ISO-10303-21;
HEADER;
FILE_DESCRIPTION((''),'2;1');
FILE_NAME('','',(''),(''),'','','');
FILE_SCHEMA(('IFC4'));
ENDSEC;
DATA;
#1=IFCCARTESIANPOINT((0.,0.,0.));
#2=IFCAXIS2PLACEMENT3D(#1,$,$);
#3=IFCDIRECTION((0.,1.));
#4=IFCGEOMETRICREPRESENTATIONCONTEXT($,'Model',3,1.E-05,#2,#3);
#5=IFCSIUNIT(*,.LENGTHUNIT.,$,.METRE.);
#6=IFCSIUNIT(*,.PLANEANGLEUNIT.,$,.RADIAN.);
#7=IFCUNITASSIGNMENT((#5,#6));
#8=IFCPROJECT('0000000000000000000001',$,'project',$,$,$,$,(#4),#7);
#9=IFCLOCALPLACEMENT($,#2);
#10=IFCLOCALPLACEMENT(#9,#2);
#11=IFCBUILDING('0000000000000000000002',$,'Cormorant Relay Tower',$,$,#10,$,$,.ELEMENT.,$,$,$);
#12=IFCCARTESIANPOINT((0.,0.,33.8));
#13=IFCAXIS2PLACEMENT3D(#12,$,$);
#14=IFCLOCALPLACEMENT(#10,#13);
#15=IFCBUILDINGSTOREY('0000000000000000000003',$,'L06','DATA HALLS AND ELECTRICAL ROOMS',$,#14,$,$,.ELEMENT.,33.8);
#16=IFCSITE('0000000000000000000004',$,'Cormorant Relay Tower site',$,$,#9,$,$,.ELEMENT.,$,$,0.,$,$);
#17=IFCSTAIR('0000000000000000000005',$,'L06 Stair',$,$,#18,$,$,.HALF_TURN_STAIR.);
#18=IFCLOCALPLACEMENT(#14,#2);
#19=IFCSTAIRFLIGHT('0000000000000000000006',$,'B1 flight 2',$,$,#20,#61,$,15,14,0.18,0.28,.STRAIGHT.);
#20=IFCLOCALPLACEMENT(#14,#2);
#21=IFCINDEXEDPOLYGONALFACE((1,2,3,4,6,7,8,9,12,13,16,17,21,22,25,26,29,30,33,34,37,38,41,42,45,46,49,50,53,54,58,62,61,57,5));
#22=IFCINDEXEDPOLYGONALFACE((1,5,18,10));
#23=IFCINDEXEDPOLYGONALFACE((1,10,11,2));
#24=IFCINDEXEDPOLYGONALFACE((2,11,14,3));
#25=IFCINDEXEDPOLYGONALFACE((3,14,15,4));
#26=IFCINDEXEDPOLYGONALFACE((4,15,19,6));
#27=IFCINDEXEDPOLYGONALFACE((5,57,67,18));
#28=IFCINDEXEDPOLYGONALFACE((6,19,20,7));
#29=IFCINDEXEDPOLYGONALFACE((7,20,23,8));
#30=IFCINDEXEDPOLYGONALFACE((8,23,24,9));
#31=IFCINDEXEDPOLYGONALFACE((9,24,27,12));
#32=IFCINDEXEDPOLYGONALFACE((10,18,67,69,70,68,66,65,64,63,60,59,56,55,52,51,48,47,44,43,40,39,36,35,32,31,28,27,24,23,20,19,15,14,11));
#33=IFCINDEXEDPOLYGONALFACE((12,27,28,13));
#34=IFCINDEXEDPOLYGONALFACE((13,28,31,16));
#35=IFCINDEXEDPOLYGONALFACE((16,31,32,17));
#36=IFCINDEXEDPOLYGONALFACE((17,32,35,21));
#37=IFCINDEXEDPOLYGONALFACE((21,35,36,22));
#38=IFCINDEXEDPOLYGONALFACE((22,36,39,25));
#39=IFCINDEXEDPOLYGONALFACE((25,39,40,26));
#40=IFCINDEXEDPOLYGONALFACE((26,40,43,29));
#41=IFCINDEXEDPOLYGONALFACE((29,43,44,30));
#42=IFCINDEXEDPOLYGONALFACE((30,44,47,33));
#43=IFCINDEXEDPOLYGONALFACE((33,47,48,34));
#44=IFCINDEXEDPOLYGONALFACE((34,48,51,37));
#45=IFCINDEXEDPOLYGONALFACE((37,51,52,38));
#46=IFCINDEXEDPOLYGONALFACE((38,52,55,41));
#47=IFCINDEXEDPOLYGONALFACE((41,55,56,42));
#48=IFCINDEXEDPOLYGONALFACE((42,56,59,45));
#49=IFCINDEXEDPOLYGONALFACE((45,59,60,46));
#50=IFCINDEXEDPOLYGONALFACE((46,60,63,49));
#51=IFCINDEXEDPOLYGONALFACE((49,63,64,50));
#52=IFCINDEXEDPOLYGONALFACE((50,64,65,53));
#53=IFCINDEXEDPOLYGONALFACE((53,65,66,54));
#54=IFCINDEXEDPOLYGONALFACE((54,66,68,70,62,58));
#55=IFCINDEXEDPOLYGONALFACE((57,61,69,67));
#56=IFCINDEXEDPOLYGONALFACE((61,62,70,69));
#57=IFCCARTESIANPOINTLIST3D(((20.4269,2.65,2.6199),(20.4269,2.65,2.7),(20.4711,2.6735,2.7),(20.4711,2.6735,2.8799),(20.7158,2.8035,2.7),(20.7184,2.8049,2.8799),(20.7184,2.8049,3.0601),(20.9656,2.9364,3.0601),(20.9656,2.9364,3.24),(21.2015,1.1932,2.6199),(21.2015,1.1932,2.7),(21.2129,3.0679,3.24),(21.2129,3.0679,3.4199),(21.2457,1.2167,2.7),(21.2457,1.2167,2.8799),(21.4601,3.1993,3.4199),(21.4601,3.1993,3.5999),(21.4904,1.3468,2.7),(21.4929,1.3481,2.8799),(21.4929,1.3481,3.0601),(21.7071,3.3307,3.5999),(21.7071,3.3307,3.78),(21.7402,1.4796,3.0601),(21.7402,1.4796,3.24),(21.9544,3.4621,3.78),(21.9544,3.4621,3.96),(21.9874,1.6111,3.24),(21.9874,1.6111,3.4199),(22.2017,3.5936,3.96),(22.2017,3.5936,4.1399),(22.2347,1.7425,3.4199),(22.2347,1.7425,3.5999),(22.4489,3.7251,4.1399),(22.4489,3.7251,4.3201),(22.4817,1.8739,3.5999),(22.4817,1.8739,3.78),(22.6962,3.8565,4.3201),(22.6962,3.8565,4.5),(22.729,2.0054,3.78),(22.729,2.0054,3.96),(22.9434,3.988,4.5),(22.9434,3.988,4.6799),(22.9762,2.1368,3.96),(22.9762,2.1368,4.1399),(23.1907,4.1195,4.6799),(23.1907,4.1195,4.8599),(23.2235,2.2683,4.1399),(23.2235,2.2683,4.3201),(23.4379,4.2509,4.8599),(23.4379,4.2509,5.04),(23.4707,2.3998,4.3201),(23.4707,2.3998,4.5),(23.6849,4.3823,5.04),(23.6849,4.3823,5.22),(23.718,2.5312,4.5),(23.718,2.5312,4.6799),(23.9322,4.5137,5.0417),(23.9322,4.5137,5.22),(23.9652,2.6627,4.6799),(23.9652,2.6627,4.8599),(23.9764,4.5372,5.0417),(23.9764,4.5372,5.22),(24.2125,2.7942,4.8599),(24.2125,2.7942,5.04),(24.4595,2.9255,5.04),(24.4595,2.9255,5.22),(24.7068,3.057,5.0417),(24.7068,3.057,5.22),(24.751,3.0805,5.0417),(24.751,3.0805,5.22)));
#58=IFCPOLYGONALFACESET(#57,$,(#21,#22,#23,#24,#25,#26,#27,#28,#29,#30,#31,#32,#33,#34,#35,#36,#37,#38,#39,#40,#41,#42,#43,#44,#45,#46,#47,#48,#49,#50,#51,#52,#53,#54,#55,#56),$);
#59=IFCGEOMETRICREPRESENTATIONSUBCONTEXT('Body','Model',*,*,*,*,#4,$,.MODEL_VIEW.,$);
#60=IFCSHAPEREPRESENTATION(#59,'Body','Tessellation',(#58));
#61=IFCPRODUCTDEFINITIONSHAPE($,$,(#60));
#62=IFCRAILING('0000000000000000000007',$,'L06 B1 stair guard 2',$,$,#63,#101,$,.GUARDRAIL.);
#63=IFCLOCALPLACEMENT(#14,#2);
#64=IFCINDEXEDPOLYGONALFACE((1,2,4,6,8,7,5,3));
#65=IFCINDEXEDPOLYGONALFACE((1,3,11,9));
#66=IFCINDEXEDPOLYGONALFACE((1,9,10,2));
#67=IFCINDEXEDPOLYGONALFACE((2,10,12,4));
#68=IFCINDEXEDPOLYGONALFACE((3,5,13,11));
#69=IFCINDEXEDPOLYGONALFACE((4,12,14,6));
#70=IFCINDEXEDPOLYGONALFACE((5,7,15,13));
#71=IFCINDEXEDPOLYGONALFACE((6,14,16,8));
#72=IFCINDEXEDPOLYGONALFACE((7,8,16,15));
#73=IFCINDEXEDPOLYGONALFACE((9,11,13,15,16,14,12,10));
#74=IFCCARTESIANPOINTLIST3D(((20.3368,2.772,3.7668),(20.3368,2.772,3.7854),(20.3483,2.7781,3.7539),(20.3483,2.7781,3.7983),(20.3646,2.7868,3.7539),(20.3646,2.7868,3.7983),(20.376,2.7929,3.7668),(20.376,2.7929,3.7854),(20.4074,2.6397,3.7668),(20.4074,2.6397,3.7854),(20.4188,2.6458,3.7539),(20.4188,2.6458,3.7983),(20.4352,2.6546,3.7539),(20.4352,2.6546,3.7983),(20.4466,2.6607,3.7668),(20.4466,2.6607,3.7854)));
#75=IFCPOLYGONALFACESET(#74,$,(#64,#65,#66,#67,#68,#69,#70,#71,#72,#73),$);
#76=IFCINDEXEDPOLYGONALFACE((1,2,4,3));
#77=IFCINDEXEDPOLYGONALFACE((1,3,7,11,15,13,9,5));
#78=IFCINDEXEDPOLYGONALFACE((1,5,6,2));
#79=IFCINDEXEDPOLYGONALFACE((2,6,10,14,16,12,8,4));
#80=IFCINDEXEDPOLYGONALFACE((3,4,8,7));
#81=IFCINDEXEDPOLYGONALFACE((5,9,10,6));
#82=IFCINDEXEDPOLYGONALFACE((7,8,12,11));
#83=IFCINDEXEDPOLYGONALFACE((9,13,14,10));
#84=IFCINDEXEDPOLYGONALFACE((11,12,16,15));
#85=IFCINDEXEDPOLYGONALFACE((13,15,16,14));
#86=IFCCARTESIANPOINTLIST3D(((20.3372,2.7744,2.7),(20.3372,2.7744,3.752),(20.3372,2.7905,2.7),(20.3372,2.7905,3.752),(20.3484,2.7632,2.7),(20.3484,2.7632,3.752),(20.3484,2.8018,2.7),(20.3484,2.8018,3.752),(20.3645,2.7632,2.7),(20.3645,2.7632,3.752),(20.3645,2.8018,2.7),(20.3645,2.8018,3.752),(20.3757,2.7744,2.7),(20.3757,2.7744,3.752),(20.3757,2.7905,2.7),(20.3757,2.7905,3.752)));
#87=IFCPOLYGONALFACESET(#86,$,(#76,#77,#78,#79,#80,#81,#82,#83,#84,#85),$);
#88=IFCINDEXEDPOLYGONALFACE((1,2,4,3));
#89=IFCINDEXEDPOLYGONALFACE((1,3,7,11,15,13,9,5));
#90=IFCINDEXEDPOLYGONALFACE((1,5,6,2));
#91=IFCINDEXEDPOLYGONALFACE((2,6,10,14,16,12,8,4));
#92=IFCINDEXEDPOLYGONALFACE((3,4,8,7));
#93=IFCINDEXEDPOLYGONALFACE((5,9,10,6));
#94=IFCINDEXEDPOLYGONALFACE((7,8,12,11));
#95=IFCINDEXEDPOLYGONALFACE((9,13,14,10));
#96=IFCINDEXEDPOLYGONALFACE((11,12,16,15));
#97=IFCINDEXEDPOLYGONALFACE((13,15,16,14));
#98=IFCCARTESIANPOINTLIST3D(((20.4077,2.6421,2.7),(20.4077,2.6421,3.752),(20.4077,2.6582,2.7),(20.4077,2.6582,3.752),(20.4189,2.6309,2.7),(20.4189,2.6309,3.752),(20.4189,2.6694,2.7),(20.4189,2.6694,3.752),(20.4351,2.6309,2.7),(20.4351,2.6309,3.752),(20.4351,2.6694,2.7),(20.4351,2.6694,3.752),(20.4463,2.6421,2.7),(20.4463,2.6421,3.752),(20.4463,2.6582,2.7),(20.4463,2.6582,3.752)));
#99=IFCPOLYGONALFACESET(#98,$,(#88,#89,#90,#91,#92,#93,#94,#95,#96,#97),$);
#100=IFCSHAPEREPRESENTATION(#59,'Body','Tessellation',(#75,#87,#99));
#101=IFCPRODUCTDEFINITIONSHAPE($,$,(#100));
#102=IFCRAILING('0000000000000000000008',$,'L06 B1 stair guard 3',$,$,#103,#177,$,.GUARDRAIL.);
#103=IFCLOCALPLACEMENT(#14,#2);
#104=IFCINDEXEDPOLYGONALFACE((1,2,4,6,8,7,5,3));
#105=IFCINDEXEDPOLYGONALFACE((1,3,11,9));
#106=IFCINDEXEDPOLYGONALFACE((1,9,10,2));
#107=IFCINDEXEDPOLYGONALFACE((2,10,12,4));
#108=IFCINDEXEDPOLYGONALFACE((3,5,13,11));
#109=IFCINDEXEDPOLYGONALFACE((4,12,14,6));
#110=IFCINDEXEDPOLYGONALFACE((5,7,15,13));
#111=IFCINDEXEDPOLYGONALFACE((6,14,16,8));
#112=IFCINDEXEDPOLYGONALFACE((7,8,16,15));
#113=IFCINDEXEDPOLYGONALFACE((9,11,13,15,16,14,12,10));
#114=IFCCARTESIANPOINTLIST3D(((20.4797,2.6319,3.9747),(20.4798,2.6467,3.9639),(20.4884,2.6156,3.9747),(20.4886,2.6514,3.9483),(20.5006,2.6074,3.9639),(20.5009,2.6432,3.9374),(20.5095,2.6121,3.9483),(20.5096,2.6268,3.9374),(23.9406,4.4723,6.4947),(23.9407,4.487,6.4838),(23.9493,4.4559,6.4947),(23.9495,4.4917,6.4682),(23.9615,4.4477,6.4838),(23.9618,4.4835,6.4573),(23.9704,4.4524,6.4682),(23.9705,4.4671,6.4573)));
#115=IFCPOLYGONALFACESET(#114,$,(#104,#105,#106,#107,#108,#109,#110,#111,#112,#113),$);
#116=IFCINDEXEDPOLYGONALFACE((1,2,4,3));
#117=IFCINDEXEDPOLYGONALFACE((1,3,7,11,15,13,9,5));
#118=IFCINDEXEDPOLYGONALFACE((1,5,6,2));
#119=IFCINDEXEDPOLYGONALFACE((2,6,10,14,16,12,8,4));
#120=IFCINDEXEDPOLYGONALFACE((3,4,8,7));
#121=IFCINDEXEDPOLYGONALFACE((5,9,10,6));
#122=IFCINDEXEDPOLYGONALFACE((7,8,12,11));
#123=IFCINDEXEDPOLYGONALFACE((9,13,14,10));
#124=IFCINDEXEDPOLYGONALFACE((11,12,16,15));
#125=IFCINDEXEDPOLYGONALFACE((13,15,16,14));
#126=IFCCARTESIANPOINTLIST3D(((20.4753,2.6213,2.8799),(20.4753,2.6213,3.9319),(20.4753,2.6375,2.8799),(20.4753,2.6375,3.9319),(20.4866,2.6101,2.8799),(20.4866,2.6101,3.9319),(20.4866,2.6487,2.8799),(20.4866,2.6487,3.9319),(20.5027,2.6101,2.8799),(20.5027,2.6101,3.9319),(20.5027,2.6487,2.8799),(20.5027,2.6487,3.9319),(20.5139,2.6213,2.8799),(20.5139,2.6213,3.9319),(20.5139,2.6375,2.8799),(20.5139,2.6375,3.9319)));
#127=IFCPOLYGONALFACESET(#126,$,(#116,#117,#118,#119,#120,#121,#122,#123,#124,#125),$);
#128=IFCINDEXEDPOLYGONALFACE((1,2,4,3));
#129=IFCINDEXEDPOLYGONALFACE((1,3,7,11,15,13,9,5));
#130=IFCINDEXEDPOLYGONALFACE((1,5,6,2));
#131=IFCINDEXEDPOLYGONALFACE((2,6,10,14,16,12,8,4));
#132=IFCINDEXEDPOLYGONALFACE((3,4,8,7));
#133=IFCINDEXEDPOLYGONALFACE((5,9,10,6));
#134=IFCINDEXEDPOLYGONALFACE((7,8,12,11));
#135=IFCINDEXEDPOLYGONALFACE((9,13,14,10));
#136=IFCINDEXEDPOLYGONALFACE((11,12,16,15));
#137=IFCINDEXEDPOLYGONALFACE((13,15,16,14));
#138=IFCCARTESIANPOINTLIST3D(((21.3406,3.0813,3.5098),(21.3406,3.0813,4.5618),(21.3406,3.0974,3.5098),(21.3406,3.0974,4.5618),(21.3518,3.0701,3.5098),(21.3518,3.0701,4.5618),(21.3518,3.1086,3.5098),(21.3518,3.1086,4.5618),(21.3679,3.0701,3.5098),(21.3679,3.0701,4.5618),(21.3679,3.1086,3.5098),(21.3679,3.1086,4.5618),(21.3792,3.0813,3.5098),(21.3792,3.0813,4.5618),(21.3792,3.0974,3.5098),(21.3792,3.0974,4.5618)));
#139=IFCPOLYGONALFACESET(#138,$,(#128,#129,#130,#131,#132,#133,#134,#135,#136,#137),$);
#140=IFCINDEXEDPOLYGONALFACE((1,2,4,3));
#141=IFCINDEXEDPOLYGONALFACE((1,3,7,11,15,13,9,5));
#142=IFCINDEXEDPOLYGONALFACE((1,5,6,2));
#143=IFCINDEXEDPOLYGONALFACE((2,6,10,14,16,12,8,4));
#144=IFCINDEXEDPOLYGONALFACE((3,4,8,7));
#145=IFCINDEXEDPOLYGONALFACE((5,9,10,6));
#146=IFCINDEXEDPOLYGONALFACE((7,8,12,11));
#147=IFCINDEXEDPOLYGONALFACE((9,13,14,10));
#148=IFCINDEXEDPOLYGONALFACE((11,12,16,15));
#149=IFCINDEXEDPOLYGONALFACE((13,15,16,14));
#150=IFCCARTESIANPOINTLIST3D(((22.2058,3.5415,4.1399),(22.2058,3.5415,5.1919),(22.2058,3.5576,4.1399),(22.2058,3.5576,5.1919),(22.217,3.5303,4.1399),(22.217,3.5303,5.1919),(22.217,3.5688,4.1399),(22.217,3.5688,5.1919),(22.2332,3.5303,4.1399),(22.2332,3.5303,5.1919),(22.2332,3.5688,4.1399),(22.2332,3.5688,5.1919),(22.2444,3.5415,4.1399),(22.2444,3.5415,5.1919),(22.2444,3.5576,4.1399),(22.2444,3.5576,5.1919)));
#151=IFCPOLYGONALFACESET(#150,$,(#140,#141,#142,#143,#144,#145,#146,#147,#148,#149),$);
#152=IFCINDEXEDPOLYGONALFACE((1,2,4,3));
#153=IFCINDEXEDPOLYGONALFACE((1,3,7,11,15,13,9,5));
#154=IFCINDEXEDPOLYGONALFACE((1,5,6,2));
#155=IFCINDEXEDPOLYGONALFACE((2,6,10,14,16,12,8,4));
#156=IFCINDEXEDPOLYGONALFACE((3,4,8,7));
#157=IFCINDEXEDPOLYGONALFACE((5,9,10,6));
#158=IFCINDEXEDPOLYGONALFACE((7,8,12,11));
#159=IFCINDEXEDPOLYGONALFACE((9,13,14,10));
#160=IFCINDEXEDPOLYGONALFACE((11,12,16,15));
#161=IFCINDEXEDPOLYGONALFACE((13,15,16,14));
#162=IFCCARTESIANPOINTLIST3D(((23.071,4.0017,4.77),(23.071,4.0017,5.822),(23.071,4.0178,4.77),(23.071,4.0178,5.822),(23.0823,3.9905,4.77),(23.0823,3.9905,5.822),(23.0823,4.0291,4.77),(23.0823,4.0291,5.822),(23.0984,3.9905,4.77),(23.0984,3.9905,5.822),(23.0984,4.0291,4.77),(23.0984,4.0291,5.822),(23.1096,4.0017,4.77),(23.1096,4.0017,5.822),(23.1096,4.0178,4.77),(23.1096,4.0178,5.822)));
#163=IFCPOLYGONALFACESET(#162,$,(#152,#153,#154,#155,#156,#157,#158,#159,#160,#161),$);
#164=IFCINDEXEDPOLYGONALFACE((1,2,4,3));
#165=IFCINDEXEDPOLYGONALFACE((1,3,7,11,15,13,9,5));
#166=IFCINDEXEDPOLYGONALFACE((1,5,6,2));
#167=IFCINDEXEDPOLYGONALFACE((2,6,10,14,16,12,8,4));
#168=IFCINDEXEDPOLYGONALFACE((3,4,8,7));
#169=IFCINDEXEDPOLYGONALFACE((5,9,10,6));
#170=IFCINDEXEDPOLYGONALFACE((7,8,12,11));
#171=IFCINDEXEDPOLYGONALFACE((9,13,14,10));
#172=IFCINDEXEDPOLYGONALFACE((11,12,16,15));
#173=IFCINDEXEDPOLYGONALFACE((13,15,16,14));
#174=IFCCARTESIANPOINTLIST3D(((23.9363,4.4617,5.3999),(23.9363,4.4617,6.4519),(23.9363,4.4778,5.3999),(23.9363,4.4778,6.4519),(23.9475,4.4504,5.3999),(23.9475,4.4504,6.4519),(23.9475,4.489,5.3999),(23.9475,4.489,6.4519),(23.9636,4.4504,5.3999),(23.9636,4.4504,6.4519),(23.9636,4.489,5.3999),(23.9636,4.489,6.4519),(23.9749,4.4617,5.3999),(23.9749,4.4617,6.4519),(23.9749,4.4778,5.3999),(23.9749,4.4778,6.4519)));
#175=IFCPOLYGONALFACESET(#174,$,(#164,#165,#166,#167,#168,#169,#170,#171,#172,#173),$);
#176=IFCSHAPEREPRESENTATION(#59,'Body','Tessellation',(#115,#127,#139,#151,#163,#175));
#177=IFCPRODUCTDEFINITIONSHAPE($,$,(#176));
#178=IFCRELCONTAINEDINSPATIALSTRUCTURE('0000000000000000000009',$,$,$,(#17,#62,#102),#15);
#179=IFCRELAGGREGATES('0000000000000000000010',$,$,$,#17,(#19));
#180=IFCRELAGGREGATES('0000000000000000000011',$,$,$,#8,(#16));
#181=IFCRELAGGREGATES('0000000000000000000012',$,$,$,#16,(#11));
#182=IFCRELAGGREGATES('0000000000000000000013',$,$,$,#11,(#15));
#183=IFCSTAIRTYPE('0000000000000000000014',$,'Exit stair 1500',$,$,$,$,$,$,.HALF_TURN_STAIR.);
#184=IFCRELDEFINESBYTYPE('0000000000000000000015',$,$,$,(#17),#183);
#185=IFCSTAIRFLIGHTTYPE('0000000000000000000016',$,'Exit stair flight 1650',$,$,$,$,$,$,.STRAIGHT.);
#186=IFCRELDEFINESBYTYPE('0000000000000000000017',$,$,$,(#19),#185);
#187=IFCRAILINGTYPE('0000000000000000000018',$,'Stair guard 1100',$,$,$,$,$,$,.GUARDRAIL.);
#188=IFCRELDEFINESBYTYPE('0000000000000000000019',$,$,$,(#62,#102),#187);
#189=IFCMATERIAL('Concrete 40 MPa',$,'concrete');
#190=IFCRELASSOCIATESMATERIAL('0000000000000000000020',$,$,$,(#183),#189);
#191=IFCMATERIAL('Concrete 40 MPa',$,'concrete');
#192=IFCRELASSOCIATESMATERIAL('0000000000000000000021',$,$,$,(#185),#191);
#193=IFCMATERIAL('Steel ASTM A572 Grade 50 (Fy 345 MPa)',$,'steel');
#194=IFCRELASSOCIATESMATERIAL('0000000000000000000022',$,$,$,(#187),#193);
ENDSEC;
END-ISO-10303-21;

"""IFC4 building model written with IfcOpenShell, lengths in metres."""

from ifc_helpers import new_model, si_unit, direction, frame, origin, place, context, subcontext, project, spatial, polyline, outline, extrude, material, type_object, element, aggregate, save


model = new_model("IFC4")

# Units and contexts
model_context = context("Model", 3, precision=1e-05, world=origin(), true_north=direction((0.0, 1.0)))
body_context = subcontext(model_context, "Body", "Model", "MODEL_VIEW")
ifc_project = project(units=[si_unit("LENGTHUNIT", "METRE"), si_unit("PLANEANGLEUNIT", "RADIAN")], contexts=[model_context])

# Site, building, storey
site_placement = place(None, origin())
site = spatial("IfcSite", under=ifc_project, at=site_placement, Name="Cormorant Relay Tower site", CompositionType="ELEMENT", RefElevation=0.0)
building_placement = place(site_placement, origin())
building = spatial("IfcBuilding", under=site, at=building_placement, Name="Cormorant Relay Tower", CompositionType="ELEMENT")
storey_placement = place(building_placement, frame((0.0, 0.0, 33.8)))
storey = spatial("IfcBuildingStorey", under=building, at=storey_placement, Name="L06", Description="DATA HALLS AND ELECTRICAL ROOMS", CompositionType="ELEMENT", Elevation=33.8)

# Shared definitions
ifc_material_1 = material(Name="Concrete 40 MPa", Category="concrete")
stair_type_1 = type_object("IfcStairType", Name="Exit stair 1500", PredefinedType="HALF_TURN_STAIR", material=ifc_material_1)

# Stair, stair flight
stair_1_placement = place(storey_placement, origin())
stair_1 = element("IfcStair", 1, at=stair_1_placement, inside=storey, type_object=stair_type_1, Name="L06 Stair", PredefinedType="HALF_TURN_STAIR")
ifc_material_2 = material(Name="Concrete 40 MPa", Category="concrete")
stair_flight_type = type_object("IfcStairFlightType", Name="Exit stair flight 1650", PredefinedType="STRAIGHT", material=ifc_material_2)
stair_flight_placement = place(storey_placement, frame((20.8584, 1.9451, 2.7), z_axis=(0.0, 0.0, 1.0), x_axis=(0.882948, 0.469472, 0.0)))
stair_flight = element("IfcStairFlight", 2, at=stair_flight_placement, type_object=stair_flight_type, Name="B1 flight 2", NumberOfRisers=15, NumberOfTreads=14, PredefinedType="STRAIGHT", RiserHeight=0.18, TreadLength=0.28, context=body_context, shape_type="SweptSolid", body=[
    extrude(outline(polyline([(-0.05, -0.0801), (-0.05, 0.0), (0.0, 0.0), (0.0, 0.1799), (0.28, 0.1799), (0.28, 0.3601), (0.5601, 0.3601), (0.5601, 0.54), (0.8401, 0.54), (0.8401, 0.72), (1.1201, 0.72), (1.1201, 0.8999), (1.3999, 0.8999), (1.3999, 1.0801), (1.6799, 1.0801), (1.6799, 1.26), (1.96, 1.26), (1.96, 1.4399), (2.24, 1.4399), (2.24, 1.6201), (2.52, 1.6201), (2.52, 1.8), (2.8, 1.8), (2.8, 1.98), (3.0801, 1.98), (3.0801, 2.1599), (3.3601, 2.1599), (3.3601, 2.3401), (3.6399, 2.3401), (3.6399, 2.52), (3.9199, 2.52), (3.97, 2.52), (3.97, 2.3418), (3.9199, 2.3418), (0.2771, 0.0), (-0.05, -0.0801)])), frame((0.0, 0.825, 0.0), z_axis=(0.0, -1.0, 0.0), x_axis=(1.0, 0.0, 0.0)), (0.0, 0.0, 1.0), 1.6499),
])
aggregate(stair_1, [stair_flight])

# Railings
ifc_material_3 = material(Name="Steel ASTM A572 Grade 50 (Fy 345 MPa)", Category="steel")
railing_type_1 = type_object("IfcRailingType", Name="Stair guard 1100", PredefinedType="GUARDRAIL", material=ifc_material_3)
railing_1_placement = place(storey_placement, frame((20.3564, 2.7825, 2.7)))
element("IfcRailing", 3, at=railing_1_placement, inside=storey, type_object=railing_type_1, Name="L06 B1 stair guard 2", PredefinedType="GUARDRAIL", context=body_context, shape_type="SweptSolid", body=[
    extrude(outline(polyline([(0.0222, 0.0093), (0.0093, 0.0222), (-0.0093, 0.0222), (-0.0222, 0.0093), (-0.0222, -0.0093), (-0.0093, -0.0222), (0.0093, -0.0222), (0.0222, -0.0093), (0.0222, 0.0093)])), frame((0.0, 0.0, 1.0762), z_axis=(0.470504, -0.882398, 0.0), x_axis=(0.882398, 0.470504, 0.0)), (0.0, 0.0, 1.0), 0.1499),
    extrude(outline(polyline([(0.0193, 0.0081), (0.0081, 0.0193), (-0.0081, 0.0193), (-0.0193, 0.0081), (-0.0193, -0.0081), (-0.0081, -0.0193), (0.0081, -0.0193), (0.0193, -0.0081), (0.0193, 0.0081)])), origin(), (0.0, 0.0, 1.0), 1.052),
    extrude(outline(polyline([(0.0193, 0.0081), (0.0081, 0.0193), (-0.0081, 0.0193), (-0.0193, 0.0081), (-0.0193, -0.0081), (-0.0081, -0.0193), (0.0081, -0.0193), (0.0193, -0.0081), (0.0193, 0.0081)])), frame((0.0706, -0.1323, 0.0)), (0.0, 0.0, 1.0), 1.052),
])
railing_2_placement = place(storey_placement, frame((20.4946, 2.6294, 2.8799)))
element("IfcRailing", 4, at=railing_2_placement, inside=storey, type_object=railing_type_1, Name="L06 B1 stair guard 3", PredefinedType="GUARDRAIL", context=body_context, shape_type="SweptSolid", body=[
    extrude(outline(polyline([(0.0222, 0.0093), (0.0093, 0.0222), (-0.0093, 0.0222), (-0.0222, 0.0093), (-0.0222, -0.0093), (-0.0093, -0.0222), (0.0093, -0.0222), (0.0222, -0.0093), (0.0222, 0.0093)])), frame((0.0, 0.0, 1.0762), z_axis=(0.742694, 0.394923, 0.540779), x_axis=(-0.469495, 0.882935, 0.0)), (0.0, 0.0, 1.0), 4.6599),
    extrude(outline(polyline([(0.0193, 0.0081), (0.0081, 0.0193), (-0.0081, 0.0193), (-0.0193, 0.0081), (-0.0193, -0.0081), (-0.0081, -0.0193), (0.0081, -0.0193), (0.0193, -0.0081), (0.0193, 0.0081)])), origin(), (0.0, 0.0, 1.0), 1.052),
    extrude(outline(polyline([(0.0193, 0.0081), (0.0081, 0.0193), (-0.0081, 0.0193), (-0.0193, 0.0081), (-0.0193, -0.0081), (-0.0081, -0.0193), (0.0081, -0.0193), (0.0193, -0.0081), (0.0193, 0.0081)])), frame((0.8652, 0.46, 0.6299)), (0.0, 0.0, 1.0), 1.052),
    extrude(outline(polyline([(0.0193, 0.0081), (0.0081, 0.0193), (-0.0081, 0.0193), (-0.0193, 0.0081), (-0.0193, -0.0081), (-0.0081, -0.0193), (0.0081, -0.0193), (0.0193, -0.0081), (0.0193, 0.0081)])), frame((1.7305, 0.9202, 1.26)), (0.0, 0.0, 1.0), 1.052),
    extrude(outline(polyline([(0.0193, 0.0081), (0.0081, 0.0193), (-0.0081, 0.0193), (-0.0193, 0.0081), (-0.0193, -0.0081), (-0.0081, -0.0193), (0.0081, -0.0193), (0.0193, -0.0081), (0.0193, 0.0081)])), frame((2.5957, 1.3804, 1.8901)), (0.0, 0.0, 1.0), 1.052),
    extrude(outline(polyline([(0.0193, 0.0081), (0.0081, 0.0193), (-0.0081, 0.0193), (-0.0193, 0.0081), (-0.0193, -0.0081), (-0.0081, -0.0193), (0.0081, -0.0193), (0.0193, -0.0081), (0.0193, 0.0081)])), frame((3.4609, 1.8403, 2.52)), (0.0, 0.0, 1.0), 1.052),
])

save(model, "model.ifc")
